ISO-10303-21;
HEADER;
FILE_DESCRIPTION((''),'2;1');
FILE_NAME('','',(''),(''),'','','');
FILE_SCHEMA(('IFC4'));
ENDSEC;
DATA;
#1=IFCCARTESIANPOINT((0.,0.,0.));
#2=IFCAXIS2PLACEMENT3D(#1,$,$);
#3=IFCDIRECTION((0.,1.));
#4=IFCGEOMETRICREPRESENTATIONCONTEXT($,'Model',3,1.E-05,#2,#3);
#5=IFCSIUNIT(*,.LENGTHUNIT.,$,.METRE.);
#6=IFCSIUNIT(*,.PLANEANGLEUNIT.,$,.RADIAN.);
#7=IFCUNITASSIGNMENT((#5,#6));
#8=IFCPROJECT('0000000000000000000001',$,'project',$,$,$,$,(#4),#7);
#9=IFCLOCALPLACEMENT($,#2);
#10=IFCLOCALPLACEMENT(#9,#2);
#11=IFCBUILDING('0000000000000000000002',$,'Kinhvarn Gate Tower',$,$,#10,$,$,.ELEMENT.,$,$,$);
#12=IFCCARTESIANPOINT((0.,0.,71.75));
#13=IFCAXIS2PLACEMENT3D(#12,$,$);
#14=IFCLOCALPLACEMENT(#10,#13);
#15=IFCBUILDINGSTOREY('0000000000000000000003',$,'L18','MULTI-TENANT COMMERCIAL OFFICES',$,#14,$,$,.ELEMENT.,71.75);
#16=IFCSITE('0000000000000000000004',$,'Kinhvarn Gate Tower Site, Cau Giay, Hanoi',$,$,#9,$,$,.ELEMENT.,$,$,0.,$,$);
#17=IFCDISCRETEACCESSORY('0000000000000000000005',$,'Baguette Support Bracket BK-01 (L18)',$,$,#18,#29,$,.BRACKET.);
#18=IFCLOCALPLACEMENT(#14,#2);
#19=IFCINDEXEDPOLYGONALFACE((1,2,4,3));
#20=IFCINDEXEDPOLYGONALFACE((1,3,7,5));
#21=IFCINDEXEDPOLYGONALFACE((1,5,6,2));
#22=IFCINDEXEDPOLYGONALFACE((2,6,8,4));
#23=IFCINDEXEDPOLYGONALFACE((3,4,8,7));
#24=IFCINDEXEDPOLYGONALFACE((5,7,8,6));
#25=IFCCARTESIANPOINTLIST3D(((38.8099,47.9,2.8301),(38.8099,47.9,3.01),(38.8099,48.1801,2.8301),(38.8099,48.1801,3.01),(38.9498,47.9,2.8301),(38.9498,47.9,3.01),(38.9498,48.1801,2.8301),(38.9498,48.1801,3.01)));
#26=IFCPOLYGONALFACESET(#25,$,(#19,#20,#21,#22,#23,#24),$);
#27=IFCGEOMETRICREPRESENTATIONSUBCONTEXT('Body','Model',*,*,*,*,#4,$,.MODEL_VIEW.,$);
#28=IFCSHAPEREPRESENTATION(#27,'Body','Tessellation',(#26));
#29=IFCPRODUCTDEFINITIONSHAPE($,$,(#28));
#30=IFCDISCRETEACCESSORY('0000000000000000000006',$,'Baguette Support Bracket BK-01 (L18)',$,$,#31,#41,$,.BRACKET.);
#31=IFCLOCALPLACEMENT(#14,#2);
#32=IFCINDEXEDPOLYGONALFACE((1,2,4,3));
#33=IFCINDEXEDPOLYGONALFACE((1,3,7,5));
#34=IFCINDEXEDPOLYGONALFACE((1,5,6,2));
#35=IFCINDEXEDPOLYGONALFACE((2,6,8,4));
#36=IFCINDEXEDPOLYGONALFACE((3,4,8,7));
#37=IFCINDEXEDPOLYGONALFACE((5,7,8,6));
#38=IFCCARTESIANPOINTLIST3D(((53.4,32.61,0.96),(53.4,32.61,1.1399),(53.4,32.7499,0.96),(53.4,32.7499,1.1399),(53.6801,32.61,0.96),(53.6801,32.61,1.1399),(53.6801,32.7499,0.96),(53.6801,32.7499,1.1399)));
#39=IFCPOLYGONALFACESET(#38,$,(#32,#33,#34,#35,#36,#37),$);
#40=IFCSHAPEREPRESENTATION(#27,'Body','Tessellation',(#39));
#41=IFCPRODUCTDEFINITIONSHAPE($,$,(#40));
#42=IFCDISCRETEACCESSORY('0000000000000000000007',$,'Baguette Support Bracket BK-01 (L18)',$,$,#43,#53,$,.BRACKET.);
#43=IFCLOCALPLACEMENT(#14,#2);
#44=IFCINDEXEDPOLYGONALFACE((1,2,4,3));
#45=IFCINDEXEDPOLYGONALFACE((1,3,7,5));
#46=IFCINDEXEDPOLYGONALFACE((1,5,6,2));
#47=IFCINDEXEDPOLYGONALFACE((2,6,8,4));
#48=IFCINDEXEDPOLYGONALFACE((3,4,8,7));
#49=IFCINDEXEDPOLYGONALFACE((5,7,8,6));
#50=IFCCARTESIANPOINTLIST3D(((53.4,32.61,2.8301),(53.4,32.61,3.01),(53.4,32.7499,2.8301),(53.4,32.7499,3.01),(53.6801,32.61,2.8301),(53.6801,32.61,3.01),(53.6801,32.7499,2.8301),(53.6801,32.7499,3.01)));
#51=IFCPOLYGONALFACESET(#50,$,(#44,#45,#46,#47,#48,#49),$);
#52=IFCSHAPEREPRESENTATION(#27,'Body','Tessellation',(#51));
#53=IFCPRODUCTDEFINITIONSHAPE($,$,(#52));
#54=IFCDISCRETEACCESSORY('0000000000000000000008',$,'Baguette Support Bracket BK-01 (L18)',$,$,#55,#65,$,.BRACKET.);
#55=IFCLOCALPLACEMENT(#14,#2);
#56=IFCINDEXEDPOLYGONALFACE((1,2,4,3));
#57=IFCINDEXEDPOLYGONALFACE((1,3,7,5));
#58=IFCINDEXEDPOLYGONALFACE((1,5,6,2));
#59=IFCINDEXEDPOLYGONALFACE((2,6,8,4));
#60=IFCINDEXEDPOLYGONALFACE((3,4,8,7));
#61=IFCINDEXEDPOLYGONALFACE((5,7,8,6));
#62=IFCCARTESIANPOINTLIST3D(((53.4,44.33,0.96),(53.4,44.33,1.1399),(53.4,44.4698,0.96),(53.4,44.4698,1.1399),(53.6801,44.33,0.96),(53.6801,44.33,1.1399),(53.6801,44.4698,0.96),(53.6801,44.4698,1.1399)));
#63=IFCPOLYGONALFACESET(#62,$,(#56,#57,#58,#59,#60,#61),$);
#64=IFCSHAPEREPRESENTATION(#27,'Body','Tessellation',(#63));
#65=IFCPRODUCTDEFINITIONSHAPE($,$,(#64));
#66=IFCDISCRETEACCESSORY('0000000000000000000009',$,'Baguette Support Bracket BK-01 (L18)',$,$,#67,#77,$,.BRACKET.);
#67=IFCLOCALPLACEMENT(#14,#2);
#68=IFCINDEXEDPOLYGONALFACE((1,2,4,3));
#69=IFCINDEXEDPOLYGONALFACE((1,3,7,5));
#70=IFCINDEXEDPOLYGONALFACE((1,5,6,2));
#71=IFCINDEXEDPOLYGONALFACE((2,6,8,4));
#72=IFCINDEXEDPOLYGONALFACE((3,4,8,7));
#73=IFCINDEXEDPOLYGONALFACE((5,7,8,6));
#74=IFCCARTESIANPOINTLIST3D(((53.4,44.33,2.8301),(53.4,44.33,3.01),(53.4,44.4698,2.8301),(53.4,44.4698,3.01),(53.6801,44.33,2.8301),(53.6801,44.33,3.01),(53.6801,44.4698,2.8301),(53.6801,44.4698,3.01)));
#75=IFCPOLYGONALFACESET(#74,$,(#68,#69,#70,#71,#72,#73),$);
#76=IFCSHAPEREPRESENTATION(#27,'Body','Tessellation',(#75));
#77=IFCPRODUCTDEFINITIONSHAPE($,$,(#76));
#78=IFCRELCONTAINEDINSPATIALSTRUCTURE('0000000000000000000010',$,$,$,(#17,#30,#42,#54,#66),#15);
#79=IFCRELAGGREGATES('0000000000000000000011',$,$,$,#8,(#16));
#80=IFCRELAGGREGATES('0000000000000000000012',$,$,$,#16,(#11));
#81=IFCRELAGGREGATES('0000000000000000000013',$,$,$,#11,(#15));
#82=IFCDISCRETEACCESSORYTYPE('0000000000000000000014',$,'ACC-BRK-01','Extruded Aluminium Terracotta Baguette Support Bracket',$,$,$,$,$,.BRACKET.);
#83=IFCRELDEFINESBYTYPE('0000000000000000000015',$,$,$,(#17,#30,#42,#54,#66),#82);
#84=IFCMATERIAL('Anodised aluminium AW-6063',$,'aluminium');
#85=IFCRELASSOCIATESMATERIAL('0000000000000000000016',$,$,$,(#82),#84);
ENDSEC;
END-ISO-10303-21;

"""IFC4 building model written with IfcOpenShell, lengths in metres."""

from ifc_helpers import new_model, si_unit, direction, frame, origin, origin_2d, place, context, subcontext, project, spatial, rectangle, extrude, material, type_object, element, save


model = new_model("IFC4")

# Units and contexts
model_context = context("Model", 3, precision=1e-05, world=origin(), true_north=direction((0.0, 1.0)))
body_context = subcontext(model_context, "Body", "Model", "MODEL_VIEW")
ifc_project = project(units=[si_unit("LENGTHUNIT", "METRE"), si_unit("PLANEANGLEUNIT", "RADIAN")], contexts=[model_context])

# Site, building, storey
site_placement = place(None, origin())
site = spatial("IfcSite", under=ifc_project, at=site_placement, Name="Kinhvarn Gate Tower Site, Cau Giay, Hanoi", CompositionType="ELEMENT", RefElevation=0.0)
building_placement = place(site_placement, origin())
building = spatial("IfcBuilding", under=site, at=building_placement, Name="Kinhvarn Gate Tower", CompositionType="ELEMENT")
storey_placement = place(building_placement, frame((0.0, 0.0, 71.75)))
storey = spatial("IfcBuildingStorey", under=building, at=storey_placement, Name="L18", Description="MULTI-TENANT COMMERCIAL OFFICES", CompositionType="ELEMENT", Elevation=71.75)

# Shared definitions
ifc_material_1 = material(Name="Anodised aluminium AW-6063", Category="aluminium")

# Discrete accessories
discrete_accessory_type = type_object("IfcDiscreteAccessoryType", Name="ACC-BRK-01", Description="Extruded Aluminium Terracotta Baguette Support Bracket", PredefinedType="BRACKET", material=ifc_material_1)
for number, where, z_axis, x_axis, name in (
    (1, (38.8799, 48.04, 2.8301), (0.0, 0.0, 1.0), (-1.0, 0.0, 0.0), "Baguette Support Bracket BK-01 (L18)"),
    (2, (53.54, 32.6799, 0.96), (0.0, 0.0, 1.0), (0.0, 1.0, 0.0), "Baguette Support Bracket BK-01 (L18)"),
    (3, (53.54, 32.6799, 2.8301), (0.0, 0.0, 1.0), (0.0, 1.0, 0.0), "Baguette Support Bracket BK-01 (L18)"),
    (4, (53.54, 44.3999, 0.96), (0.0, 0.0, 1.0), (0.0, 1.0, 0.0), "Baguette Support Bracket BK-01 (L18)"),
    (5, (53.54, 44.3999, 2.8301), (0.0, 0.0, 1.0), (0.0, 1.0, 0.0), "Baguette Support Bracket BK-01 (L18)"),
):
    element("IfcDiscreteAccessory", number, at=place(storey_placement, frame(where, z_axis=z_axis, x_axis=x_axis)), inside=storey, type_object=discrete_accessory_type, Name=name, PredefinedType="BRACKET", context=body_context, shape_type="SweptSolid", body=[
        extrude(rectangle(XDim=0.1399, YDim=0.28, at=origin_2d()), origin(), (0.0, 0.0, 1.0), 0.1799),
    ])

save(model, "model.ifc")
